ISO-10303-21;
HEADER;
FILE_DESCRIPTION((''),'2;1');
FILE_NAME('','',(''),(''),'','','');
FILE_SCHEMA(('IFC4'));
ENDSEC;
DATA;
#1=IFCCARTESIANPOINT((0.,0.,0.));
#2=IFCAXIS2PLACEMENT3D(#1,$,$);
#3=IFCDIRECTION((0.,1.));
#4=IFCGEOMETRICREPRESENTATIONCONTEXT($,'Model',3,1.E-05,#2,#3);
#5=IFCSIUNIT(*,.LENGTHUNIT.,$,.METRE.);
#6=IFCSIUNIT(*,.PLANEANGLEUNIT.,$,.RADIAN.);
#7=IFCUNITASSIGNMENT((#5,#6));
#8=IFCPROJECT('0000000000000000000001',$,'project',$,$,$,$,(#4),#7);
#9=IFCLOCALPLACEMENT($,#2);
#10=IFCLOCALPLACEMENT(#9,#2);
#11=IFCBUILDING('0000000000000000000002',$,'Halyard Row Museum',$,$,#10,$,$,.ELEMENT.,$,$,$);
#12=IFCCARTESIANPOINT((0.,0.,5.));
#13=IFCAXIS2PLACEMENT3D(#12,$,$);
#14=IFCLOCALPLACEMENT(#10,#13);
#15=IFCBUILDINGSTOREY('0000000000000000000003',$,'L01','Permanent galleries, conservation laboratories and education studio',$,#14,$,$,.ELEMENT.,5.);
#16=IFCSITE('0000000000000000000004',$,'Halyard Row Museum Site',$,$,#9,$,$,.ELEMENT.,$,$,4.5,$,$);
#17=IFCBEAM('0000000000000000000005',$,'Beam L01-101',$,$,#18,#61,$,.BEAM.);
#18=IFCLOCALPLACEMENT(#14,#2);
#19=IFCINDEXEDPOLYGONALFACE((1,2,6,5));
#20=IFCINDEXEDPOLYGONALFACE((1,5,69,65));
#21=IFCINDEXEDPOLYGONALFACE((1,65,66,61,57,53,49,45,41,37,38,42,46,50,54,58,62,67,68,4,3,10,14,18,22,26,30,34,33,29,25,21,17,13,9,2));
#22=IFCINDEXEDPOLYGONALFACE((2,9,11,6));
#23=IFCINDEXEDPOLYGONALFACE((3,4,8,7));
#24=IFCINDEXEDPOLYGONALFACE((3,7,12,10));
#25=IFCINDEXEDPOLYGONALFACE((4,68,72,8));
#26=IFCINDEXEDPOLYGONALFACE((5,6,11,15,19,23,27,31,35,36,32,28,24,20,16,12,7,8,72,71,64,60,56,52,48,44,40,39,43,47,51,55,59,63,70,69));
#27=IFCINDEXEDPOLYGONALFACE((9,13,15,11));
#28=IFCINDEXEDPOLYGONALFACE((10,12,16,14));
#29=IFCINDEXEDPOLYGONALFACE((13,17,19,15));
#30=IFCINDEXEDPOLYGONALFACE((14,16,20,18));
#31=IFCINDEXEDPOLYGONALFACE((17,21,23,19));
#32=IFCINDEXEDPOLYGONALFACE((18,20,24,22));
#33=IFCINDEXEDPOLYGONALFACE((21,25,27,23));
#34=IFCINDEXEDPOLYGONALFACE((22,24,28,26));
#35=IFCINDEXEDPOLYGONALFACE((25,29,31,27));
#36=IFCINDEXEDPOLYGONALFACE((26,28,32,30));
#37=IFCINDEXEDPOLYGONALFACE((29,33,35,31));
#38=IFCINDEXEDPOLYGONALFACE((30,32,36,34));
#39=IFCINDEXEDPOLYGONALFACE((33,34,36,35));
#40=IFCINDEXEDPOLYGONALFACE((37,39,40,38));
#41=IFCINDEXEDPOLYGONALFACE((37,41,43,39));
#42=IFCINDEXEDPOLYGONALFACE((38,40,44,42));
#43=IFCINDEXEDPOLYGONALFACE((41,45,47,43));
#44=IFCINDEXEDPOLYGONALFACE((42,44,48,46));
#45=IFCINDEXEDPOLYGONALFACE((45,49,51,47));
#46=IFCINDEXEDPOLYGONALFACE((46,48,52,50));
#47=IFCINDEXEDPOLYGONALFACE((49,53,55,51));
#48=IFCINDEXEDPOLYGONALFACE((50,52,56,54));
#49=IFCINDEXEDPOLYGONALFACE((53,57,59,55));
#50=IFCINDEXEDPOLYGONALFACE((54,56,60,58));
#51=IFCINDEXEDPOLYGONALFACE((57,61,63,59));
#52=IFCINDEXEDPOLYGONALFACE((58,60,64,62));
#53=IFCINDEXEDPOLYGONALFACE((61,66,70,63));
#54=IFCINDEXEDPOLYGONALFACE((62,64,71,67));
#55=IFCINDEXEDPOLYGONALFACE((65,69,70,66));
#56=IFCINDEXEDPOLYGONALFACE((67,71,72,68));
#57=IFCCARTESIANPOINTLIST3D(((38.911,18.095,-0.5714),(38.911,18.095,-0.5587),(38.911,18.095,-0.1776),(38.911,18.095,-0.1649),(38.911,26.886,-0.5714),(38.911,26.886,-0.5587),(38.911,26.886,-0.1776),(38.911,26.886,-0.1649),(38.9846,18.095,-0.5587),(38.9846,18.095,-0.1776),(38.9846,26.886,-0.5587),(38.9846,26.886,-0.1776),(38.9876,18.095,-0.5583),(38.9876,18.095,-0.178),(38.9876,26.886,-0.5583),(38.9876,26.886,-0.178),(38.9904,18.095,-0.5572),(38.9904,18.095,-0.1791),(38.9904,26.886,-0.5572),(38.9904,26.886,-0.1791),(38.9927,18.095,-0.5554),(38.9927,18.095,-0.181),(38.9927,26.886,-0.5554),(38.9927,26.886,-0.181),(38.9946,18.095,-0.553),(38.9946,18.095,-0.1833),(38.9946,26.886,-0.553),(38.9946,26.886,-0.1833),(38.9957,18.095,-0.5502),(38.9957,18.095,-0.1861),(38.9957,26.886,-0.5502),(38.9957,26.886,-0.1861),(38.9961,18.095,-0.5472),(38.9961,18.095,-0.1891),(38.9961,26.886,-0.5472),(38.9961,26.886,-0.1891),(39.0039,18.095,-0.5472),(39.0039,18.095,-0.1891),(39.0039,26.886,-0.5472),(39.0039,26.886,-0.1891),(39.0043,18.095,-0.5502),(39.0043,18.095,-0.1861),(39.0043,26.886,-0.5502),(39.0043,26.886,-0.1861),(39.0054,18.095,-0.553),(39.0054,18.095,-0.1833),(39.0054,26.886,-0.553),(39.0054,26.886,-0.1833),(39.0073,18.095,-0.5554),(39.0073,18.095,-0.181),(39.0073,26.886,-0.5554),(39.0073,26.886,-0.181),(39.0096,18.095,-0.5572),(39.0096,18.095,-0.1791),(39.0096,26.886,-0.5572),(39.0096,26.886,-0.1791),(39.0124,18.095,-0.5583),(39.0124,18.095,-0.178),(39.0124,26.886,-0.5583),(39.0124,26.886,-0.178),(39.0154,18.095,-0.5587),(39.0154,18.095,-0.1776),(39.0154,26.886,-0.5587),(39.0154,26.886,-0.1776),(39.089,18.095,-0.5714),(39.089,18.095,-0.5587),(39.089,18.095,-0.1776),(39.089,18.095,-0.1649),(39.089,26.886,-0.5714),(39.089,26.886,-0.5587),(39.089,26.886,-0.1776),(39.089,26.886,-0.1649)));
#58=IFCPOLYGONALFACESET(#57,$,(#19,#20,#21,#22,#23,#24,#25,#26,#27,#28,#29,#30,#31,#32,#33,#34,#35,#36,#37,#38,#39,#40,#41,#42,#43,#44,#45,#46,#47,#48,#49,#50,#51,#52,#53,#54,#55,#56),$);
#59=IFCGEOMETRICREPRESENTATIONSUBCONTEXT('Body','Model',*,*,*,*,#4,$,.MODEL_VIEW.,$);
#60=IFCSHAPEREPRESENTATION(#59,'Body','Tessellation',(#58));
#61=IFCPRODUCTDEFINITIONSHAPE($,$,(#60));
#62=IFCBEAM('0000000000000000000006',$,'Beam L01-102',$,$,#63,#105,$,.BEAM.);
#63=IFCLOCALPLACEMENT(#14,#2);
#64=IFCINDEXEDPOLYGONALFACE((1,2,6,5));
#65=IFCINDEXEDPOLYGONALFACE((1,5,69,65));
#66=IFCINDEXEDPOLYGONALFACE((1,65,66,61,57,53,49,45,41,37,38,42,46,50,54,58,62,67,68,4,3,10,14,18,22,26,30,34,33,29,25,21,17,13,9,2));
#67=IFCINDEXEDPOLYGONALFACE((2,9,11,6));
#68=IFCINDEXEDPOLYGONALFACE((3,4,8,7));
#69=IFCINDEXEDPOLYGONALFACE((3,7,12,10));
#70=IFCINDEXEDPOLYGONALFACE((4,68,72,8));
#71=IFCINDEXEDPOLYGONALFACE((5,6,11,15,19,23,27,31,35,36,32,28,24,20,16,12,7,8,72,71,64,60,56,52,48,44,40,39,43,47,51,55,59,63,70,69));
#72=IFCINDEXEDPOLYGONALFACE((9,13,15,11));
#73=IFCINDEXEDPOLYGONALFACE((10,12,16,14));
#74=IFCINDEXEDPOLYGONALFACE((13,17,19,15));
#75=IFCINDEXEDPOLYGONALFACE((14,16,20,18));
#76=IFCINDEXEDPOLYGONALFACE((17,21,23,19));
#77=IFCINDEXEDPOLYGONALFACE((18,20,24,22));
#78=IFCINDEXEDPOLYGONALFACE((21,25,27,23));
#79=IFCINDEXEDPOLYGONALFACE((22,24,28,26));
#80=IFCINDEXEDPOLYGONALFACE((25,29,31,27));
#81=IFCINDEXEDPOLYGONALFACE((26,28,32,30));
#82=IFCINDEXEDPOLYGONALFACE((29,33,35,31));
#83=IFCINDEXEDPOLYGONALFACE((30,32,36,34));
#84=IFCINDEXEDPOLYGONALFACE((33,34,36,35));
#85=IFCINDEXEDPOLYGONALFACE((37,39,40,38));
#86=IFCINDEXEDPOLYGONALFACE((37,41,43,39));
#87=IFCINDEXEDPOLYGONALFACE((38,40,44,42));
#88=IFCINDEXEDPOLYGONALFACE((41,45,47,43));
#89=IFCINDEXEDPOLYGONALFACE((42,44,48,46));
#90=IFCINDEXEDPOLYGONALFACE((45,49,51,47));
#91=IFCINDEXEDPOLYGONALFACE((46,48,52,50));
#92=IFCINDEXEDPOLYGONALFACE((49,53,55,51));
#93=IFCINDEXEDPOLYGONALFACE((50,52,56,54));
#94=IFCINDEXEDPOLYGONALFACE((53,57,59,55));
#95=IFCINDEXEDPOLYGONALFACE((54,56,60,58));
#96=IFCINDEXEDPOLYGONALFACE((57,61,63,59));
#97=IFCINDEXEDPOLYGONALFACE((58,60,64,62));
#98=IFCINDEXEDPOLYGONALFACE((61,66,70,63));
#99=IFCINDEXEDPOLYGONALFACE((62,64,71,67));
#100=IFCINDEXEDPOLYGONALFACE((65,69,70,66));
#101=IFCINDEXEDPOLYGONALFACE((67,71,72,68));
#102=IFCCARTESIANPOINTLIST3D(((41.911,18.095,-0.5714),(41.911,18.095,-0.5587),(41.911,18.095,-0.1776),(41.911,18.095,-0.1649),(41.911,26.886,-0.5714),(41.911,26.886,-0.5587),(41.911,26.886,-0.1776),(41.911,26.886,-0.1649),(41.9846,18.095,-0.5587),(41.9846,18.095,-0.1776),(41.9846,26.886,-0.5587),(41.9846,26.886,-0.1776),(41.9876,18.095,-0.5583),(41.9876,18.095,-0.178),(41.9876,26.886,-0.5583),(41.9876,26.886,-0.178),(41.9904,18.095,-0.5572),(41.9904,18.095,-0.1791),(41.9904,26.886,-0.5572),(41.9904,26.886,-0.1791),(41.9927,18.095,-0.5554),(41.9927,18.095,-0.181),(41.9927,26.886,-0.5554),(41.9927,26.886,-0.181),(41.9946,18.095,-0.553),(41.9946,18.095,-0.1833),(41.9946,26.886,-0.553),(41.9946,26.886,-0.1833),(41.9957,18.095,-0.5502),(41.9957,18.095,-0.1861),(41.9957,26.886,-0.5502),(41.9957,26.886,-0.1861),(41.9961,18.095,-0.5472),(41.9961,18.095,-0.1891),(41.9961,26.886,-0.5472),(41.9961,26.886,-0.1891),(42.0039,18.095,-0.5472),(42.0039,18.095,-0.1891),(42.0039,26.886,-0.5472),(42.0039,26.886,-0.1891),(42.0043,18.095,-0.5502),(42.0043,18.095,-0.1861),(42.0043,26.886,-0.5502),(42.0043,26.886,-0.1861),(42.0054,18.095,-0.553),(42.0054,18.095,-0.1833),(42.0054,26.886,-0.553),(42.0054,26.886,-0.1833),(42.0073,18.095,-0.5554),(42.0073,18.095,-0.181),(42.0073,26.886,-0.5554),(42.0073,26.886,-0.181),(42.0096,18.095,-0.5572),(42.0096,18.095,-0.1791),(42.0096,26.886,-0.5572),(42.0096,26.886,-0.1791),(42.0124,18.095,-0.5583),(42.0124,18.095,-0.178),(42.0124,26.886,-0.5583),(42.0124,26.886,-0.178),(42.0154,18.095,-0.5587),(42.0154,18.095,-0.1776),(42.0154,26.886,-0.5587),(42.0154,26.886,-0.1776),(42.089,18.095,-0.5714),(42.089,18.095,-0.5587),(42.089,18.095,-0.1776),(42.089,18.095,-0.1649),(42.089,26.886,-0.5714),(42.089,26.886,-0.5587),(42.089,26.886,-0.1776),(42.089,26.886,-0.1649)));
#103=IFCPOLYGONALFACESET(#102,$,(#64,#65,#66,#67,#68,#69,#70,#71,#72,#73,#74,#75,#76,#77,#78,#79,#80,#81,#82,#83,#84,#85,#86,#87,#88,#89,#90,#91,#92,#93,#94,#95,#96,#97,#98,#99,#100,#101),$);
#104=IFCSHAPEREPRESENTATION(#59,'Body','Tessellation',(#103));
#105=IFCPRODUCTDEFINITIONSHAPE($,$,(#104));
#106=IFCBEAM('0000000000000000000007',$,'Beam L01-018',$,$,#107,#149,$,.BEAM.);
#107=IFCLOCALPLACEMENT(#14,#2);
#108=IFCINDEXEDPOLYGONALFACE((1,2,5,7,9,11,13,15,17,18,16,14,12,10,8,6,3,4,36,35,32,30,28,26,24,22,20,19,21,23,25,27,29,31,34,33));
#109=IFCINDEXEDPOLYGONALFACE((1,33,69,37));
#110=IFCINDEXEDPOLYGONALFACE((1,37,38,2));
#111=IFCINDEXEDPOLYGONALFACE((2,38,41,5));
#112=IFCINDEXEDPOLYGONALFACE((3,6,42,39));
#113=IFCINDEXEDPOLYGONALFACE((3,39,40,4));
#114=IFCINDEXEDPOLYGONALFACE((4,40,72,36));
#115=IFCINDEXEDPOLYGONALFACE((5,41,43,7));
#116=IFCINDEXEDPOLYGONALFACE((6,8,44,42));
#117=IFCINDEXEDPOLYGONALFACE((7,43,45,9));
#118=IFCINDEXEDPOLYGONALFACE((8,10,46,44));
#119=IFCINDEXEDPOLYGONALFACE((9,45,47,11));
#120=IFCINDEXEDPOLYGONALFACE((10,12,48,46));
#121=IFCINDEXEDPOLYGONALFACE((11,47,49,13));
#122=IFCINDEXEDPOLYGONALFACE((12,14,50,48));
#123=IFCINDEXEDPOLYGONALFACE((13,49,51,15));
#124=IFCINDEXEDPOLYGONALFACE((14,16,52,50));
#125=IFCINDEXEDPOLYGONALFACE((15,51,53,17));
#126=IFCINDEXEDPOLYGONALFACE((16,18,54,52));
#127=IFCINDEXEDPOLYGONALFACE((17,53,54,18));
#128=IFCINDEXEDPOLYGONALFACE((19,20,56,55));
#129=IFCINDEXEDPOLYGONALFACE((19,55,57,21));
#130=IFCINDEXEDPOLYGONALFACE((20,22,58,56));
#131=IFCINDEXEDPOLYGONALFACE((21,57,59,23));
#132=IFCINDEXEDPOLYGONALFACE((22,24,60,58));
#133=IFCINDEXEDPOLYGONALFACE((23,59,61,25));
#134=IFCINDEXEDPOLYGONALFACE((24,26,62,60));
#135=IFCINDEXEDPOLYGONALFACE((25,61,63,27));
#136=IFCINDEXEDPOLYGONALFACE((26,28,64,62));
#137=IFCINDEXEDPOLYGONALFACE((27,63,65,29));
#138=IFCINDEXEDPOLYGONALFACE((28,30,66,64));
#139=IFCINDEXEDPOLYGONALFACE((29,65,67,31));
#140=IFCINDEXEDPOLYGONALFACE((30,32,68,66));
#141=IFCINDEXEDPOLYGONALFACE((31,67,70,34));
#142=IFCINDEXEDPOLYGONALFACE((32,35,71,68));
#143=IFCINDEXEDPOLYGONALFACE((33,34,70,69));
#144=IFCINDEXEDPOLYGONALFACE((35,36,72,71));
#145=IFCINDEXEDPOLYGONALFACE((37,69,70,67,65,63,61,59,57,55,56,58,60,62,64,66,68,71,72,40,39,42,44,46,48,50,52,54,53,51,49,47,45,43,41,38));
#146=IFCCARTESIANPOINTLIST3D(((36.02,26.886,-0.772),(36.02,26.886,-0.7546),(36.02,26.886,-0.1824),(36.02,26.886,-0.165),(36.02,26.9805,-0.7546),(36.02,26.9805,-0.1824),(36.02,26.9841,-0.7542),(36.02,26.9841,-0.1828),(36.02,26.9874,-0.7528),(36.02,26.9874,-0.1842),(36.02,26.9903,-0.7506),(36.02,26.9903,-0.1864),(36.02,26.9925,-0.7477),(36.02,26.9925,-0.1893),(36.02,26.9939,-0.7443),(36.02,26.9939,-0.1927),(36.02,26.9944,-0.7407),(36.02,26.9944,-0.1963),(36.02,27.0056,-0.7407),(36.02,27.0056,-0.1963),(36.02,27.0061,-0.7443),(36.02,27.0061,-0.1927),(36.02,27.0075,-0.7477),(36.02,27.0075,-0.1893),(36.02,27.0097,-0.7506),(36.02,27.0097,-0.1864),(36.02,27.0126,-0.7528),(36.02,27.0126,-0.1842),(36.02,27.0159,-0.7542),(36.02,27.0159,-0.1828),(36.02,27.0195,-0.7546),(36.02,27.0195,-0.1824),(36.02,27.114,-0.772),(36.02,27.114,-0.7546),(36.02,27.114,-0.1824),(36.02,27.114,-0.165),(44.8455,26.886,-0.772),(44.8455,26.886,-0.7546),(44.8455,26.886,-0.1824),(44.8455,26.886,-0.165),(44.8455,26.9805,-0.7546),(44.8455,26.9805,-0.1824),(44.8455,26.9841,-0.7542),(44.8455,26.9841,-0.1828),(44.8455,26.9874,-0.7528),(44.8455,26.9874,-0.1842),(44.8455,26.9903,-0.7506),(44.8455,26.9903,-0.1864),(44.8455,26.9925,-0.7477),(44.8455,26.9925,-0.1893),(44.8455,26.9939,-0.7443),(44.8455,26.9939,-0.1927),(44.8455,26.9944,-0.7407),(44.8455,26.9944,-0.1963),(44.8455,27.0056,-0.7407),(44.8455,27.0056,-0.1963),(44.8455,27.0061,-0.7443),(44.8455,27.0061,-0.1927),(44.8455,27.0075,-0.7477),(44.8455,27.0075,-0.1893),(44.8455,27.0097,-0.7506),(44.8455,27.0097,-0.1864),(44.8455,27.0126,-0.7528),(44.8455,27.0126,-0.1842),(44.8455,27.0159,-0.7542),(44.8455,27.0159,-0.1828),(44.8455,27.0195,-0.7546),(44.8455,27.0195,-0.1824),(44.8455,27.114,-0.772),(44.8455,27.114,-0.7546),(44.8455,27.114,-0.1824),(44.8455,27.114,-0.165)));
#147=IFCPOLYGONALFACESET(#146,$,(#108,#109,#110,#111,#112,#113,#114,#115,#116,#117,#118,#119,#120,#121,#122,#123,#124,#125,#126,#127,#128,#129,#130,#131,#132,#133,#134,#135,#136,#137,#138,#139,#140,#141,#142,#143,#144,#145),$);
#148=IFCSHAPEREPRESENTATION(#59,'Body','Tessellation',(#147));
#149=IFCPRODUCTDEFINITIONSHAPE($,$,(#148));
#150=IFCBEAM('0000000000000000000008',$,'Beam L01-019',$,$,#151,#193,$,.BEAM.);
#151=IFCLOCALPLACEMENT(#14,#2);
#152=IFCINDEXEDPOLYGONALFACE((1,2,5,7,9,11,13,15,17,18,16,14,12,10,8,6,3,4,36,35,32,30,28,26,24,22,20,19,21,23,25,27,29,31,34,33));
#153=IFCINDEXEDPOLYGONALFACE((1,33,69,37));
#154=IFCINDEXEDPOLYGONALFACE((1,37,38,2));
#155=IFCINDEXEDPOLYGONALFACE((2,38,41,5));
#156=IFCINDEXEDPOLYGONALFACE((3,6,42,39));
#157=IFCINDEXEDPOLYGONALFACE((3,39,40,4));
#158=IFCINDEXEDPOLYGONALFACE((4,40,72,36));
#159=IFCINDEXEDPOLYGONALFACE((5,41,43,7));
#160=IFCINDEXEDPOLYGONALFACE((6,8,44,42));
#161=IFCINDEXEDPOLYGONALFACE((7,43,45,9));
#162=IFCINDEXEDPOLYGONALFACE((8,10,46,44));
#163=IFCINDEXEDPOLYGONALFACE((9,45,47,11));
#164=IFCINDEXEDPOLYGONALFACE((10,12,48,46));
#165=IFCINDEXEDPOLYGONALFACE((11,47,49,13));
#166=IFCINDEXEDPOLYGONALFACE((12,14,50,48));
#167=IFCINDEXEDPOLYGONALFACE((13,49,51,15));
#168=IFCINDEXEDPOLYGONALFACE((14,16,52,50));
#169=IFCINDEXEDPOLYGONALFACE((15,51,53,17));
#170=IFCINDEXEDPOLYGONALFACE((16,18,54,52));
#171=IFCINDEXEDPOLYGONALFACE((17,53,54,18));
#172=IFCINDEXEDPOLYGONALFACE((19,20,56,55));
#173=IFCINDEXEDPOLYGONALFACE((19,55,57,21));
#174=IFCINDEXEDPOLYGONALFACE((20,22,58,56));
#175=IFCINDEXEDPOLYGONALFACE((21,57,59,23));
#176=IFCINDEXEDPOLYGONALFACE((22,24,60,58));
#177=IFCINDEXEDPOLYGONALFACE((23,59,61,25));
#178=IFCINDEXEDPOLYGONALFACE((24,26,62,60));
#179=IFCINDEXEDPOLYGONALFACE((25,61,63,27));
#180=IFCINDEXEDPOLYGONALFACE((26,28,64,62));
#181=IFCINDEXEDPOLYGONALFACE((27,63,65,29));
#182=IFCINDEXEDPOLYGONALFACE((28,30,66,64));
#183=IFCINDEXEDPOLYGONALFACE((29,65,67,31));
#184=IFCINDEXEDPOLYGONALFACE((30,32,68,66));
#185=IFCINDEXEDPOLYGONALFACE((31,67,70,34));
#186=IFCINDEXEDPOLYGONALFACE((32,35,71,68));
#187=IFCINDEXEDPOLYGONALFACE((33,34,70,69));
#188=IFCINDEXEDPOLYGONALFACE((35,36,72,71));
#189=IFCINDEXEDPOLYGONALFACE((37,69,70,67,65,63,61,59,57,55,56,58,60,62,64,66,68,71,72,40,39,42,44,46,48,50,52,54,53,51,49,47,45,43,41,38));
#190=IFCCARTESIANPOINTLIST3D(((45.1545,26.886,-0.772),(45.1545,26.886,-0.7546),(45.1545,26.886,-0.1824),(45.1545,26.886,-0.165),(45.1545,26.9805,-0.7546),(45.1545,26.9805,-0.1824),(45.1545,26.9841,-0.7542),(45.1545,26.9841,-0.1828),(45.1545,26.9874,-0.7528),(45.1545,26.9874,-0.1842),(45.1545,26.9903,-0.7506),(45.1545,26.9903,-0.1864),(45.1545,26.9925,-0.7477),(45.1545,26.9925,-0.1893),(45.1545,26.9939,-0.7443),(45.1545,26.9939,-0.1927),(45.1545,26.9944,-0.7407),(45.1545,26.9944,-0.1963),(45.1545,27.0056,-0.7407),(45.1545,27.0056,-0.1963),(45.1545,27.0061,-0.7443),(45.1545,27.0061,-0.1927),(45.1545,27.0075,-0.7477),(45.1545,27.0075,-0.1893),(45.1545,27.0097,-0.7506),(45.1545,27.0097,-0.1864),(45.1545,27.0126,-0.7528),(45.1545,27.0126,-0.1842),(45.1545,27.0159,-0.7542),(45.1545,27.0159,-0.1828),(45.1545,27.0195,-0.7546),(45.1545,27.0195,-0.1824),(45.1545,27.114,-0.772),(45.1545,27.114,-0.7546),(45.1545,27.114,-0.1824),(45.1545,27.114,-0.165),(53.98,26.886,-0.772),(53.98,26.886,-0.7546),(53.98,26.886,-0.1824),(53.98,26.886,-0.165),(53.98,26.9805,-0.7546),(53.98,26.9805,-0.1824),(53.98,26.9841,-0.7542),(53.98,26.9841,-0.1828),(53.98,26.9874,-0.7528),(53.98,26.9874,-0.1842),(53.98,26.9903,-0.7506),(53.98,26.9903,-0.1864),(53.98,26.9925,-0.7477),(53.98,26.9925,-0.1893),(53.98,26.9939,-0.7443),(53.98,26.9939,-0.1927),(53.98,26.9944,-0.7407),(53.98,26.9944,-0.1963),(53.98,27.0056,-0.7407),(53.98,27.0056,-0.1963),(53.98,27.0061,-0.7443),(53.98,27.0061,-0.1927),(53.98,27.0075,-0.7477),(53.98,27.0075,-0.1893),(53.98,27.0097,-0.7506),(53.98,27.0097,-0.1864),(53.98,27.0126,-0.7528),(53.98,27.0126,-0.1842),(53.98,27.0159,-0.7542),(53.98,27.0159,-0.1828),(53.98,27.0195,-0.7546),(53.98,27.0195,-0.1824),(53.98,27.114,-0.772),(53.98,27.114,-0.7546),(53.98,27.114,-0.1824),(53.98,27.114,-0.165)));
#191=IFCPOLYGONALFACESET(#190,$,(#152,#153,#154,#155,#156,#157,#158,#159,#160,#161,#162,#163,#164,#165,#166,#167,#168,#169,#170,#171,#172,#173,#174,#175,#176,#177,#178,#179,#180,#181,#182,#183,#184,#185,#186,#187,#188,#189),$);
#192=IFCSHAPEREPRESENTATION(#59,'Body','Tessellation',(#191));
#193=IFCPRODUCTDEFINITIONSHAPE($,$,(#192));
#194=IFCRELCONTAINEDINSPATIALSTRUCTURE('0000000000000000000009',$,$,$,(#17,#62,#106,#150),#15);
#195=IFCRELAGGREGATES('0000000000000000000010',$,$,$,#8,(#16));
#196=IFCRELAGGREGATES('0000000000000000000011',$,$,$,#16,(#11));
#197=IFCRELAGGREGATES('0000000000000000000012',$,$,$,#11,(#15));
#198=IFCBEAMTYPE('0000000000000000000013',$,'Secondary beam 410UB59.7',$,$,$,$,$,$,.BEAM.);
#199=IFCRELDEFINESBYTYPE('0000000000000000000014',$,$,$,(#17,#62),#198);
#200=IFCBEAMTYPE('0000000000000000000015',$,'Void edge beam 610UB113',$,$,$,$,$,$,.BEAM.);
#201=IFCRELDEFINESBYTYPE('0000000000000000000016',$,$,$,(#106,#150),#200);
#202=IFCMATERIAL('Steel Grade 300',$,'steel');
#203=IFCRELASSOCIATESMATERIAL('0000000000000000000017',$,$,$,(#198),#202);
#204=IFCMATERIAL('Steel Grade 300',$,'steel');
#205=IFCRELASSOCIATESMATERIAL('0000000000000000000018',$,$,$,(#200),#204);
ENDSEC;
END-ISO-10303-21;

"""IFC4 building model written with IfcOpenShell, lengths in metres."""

from ifc_helpers import new_model, si_unit, direction, frame, origin, origin_2d, place, context, subcontext, project, spatial, i_section, extrude, material, material_profile, profile_set, type_object, element, save


model = new_model("IFC4")

# Units and contexts
model_context = context("Model", 3, precision=1e-05, world=origin(), true_north=direction((0.0, 1.0)))
body_context = subcontext(model_context, "Body", "Model", "MODEL_VIEW")
ifc_project = project(units=[si_unit("LENGTHUNIT", "METRE"), si_unit("PLANEANGLEUNIT", "RADIAN")], contexts=[model_context])

# Site, building, storey
site_placement = place(None, origin())
site = spatial("IfcSite", under=ifc_project, at=site_placement, Name="Halyard Row Museum Site", CompositionType="ELEMENT", RefElevation=4.5)
building_placement = place(site_placement, origin())
building = spatial("IfcBuilding", under=site, at=building_placement, Name="Halyard Row Museum", CompositionType="ELEMENT")
storey_placement = place(building_placement, frame((0.0, 0.0, 5.0)))
storey = spatial("IfcBuildingStorey", under=building, at=storey_placement, Name="L01", Description="Permanent galleries, conservation laboratories and education studio", CompositionType="ELEMENT", Elevation=5.0)

# Beams
ifc_material_1 = material(Name="Steel Grade 300", Category="steel")
ifc_material_profile_1 = material_profile(ifc_material_1, i_section(OverallWidth=0.178, OverallDepth=0.4065, WebThickness=0.0078, FlangeThickness=0.0127, FilletRadius=0.0115, at=origin_2d()), Name="410UB59.7")
ifc_profile_set_1 = profile_set([ifc_material_profile_1], Name="Steel Grade 300")
beam_type_1 = type_object("IfcBeamType", Name="Secondary beam 410UB59.7", PredefinedType="BEAM", material=ifc_profile_set_1)
for number, where, z_axis, x_axis, name in (
    (1, (39.0, 18.095, -0.3682), (0.0, 1.0, 0.0), (-1.0, 0.0, 0.0), "Beam L01-101"),
    (2, (42.0, 18.095, -0.3682), (0.0, 1.0, 0.0), (-1.0, 0.0, 0.0), "Beam L01-102"),
):
    element("IfcBeam", number, at=place(storey_placement, frame(where, z_axis=z_axis, x_axis=x_axis)), inside=storey, type_object=beam_type_1, Name=name, PredefinedType="BEAM", context=body_context, shape_type="SweptSolid", body=[
        extrude(i_section(OverallWidth=0.178, OverallDepth=0.4065, WebThickness=0.0078, FlangeThickness=0.0127, FilletRadius=0.0115, at=origin_2d()), origin(), (0.0, 0.0, 1.0), 8.791),
    ])
ifc_material_2 = material(Name="Steel Grade 300", Category="steel")
ifc_material_profile_2 = material_profile(ifc_material_2, i_section(OverallWidth=0.228, OverallDepth=0.6069, WebThickness=0.0112, FlangeThickness=0.0173, FilletRadius=0.0139, at=origin_2d()), Name="610UB113")
ifc_profile_set_2 = profile_set([ifc_material_profile_2], Name="Steel Grade 300")
beam_type_2 = type_object("IfcBeamType", Name="Void edge beam 610UB113", PredefinedType="BEAM", material=ifc_profile_set_2)
for number, where, z_axis, x_axis, name in (
    (3, (36.02, 27.0, -0.4685), (1.0, 0.0, 0.0), (0.0, 1.0, 0.0), "Beam L01-018"),
    (4, (45.1545, 27.0, -0.4685), (1.0, 0.0, 0.0), (0.0, 1.0, 0.0), "Beam L01-019"),
):
    element("IfcBeam", number, at=place(storey_placement, frame(where, z_axis=z_axis, x_axis=x_axis)), inside=storey, type_object=beam_type_2, Name=name, PredefinedType="BEAM", context=body_context, shape_type="SweptSolid", body=[
        extrude(i_section(OverallWidth=0.228, OverallDepth=0.6069, WebThickness=0.0112, FlangeThickness=0.0173, FilletRadius=0.0139, at=origin_2d()), origin(), (0.0, 0.0, 1.0), 8.8254),
    ])

save(model, "model.ifc")
